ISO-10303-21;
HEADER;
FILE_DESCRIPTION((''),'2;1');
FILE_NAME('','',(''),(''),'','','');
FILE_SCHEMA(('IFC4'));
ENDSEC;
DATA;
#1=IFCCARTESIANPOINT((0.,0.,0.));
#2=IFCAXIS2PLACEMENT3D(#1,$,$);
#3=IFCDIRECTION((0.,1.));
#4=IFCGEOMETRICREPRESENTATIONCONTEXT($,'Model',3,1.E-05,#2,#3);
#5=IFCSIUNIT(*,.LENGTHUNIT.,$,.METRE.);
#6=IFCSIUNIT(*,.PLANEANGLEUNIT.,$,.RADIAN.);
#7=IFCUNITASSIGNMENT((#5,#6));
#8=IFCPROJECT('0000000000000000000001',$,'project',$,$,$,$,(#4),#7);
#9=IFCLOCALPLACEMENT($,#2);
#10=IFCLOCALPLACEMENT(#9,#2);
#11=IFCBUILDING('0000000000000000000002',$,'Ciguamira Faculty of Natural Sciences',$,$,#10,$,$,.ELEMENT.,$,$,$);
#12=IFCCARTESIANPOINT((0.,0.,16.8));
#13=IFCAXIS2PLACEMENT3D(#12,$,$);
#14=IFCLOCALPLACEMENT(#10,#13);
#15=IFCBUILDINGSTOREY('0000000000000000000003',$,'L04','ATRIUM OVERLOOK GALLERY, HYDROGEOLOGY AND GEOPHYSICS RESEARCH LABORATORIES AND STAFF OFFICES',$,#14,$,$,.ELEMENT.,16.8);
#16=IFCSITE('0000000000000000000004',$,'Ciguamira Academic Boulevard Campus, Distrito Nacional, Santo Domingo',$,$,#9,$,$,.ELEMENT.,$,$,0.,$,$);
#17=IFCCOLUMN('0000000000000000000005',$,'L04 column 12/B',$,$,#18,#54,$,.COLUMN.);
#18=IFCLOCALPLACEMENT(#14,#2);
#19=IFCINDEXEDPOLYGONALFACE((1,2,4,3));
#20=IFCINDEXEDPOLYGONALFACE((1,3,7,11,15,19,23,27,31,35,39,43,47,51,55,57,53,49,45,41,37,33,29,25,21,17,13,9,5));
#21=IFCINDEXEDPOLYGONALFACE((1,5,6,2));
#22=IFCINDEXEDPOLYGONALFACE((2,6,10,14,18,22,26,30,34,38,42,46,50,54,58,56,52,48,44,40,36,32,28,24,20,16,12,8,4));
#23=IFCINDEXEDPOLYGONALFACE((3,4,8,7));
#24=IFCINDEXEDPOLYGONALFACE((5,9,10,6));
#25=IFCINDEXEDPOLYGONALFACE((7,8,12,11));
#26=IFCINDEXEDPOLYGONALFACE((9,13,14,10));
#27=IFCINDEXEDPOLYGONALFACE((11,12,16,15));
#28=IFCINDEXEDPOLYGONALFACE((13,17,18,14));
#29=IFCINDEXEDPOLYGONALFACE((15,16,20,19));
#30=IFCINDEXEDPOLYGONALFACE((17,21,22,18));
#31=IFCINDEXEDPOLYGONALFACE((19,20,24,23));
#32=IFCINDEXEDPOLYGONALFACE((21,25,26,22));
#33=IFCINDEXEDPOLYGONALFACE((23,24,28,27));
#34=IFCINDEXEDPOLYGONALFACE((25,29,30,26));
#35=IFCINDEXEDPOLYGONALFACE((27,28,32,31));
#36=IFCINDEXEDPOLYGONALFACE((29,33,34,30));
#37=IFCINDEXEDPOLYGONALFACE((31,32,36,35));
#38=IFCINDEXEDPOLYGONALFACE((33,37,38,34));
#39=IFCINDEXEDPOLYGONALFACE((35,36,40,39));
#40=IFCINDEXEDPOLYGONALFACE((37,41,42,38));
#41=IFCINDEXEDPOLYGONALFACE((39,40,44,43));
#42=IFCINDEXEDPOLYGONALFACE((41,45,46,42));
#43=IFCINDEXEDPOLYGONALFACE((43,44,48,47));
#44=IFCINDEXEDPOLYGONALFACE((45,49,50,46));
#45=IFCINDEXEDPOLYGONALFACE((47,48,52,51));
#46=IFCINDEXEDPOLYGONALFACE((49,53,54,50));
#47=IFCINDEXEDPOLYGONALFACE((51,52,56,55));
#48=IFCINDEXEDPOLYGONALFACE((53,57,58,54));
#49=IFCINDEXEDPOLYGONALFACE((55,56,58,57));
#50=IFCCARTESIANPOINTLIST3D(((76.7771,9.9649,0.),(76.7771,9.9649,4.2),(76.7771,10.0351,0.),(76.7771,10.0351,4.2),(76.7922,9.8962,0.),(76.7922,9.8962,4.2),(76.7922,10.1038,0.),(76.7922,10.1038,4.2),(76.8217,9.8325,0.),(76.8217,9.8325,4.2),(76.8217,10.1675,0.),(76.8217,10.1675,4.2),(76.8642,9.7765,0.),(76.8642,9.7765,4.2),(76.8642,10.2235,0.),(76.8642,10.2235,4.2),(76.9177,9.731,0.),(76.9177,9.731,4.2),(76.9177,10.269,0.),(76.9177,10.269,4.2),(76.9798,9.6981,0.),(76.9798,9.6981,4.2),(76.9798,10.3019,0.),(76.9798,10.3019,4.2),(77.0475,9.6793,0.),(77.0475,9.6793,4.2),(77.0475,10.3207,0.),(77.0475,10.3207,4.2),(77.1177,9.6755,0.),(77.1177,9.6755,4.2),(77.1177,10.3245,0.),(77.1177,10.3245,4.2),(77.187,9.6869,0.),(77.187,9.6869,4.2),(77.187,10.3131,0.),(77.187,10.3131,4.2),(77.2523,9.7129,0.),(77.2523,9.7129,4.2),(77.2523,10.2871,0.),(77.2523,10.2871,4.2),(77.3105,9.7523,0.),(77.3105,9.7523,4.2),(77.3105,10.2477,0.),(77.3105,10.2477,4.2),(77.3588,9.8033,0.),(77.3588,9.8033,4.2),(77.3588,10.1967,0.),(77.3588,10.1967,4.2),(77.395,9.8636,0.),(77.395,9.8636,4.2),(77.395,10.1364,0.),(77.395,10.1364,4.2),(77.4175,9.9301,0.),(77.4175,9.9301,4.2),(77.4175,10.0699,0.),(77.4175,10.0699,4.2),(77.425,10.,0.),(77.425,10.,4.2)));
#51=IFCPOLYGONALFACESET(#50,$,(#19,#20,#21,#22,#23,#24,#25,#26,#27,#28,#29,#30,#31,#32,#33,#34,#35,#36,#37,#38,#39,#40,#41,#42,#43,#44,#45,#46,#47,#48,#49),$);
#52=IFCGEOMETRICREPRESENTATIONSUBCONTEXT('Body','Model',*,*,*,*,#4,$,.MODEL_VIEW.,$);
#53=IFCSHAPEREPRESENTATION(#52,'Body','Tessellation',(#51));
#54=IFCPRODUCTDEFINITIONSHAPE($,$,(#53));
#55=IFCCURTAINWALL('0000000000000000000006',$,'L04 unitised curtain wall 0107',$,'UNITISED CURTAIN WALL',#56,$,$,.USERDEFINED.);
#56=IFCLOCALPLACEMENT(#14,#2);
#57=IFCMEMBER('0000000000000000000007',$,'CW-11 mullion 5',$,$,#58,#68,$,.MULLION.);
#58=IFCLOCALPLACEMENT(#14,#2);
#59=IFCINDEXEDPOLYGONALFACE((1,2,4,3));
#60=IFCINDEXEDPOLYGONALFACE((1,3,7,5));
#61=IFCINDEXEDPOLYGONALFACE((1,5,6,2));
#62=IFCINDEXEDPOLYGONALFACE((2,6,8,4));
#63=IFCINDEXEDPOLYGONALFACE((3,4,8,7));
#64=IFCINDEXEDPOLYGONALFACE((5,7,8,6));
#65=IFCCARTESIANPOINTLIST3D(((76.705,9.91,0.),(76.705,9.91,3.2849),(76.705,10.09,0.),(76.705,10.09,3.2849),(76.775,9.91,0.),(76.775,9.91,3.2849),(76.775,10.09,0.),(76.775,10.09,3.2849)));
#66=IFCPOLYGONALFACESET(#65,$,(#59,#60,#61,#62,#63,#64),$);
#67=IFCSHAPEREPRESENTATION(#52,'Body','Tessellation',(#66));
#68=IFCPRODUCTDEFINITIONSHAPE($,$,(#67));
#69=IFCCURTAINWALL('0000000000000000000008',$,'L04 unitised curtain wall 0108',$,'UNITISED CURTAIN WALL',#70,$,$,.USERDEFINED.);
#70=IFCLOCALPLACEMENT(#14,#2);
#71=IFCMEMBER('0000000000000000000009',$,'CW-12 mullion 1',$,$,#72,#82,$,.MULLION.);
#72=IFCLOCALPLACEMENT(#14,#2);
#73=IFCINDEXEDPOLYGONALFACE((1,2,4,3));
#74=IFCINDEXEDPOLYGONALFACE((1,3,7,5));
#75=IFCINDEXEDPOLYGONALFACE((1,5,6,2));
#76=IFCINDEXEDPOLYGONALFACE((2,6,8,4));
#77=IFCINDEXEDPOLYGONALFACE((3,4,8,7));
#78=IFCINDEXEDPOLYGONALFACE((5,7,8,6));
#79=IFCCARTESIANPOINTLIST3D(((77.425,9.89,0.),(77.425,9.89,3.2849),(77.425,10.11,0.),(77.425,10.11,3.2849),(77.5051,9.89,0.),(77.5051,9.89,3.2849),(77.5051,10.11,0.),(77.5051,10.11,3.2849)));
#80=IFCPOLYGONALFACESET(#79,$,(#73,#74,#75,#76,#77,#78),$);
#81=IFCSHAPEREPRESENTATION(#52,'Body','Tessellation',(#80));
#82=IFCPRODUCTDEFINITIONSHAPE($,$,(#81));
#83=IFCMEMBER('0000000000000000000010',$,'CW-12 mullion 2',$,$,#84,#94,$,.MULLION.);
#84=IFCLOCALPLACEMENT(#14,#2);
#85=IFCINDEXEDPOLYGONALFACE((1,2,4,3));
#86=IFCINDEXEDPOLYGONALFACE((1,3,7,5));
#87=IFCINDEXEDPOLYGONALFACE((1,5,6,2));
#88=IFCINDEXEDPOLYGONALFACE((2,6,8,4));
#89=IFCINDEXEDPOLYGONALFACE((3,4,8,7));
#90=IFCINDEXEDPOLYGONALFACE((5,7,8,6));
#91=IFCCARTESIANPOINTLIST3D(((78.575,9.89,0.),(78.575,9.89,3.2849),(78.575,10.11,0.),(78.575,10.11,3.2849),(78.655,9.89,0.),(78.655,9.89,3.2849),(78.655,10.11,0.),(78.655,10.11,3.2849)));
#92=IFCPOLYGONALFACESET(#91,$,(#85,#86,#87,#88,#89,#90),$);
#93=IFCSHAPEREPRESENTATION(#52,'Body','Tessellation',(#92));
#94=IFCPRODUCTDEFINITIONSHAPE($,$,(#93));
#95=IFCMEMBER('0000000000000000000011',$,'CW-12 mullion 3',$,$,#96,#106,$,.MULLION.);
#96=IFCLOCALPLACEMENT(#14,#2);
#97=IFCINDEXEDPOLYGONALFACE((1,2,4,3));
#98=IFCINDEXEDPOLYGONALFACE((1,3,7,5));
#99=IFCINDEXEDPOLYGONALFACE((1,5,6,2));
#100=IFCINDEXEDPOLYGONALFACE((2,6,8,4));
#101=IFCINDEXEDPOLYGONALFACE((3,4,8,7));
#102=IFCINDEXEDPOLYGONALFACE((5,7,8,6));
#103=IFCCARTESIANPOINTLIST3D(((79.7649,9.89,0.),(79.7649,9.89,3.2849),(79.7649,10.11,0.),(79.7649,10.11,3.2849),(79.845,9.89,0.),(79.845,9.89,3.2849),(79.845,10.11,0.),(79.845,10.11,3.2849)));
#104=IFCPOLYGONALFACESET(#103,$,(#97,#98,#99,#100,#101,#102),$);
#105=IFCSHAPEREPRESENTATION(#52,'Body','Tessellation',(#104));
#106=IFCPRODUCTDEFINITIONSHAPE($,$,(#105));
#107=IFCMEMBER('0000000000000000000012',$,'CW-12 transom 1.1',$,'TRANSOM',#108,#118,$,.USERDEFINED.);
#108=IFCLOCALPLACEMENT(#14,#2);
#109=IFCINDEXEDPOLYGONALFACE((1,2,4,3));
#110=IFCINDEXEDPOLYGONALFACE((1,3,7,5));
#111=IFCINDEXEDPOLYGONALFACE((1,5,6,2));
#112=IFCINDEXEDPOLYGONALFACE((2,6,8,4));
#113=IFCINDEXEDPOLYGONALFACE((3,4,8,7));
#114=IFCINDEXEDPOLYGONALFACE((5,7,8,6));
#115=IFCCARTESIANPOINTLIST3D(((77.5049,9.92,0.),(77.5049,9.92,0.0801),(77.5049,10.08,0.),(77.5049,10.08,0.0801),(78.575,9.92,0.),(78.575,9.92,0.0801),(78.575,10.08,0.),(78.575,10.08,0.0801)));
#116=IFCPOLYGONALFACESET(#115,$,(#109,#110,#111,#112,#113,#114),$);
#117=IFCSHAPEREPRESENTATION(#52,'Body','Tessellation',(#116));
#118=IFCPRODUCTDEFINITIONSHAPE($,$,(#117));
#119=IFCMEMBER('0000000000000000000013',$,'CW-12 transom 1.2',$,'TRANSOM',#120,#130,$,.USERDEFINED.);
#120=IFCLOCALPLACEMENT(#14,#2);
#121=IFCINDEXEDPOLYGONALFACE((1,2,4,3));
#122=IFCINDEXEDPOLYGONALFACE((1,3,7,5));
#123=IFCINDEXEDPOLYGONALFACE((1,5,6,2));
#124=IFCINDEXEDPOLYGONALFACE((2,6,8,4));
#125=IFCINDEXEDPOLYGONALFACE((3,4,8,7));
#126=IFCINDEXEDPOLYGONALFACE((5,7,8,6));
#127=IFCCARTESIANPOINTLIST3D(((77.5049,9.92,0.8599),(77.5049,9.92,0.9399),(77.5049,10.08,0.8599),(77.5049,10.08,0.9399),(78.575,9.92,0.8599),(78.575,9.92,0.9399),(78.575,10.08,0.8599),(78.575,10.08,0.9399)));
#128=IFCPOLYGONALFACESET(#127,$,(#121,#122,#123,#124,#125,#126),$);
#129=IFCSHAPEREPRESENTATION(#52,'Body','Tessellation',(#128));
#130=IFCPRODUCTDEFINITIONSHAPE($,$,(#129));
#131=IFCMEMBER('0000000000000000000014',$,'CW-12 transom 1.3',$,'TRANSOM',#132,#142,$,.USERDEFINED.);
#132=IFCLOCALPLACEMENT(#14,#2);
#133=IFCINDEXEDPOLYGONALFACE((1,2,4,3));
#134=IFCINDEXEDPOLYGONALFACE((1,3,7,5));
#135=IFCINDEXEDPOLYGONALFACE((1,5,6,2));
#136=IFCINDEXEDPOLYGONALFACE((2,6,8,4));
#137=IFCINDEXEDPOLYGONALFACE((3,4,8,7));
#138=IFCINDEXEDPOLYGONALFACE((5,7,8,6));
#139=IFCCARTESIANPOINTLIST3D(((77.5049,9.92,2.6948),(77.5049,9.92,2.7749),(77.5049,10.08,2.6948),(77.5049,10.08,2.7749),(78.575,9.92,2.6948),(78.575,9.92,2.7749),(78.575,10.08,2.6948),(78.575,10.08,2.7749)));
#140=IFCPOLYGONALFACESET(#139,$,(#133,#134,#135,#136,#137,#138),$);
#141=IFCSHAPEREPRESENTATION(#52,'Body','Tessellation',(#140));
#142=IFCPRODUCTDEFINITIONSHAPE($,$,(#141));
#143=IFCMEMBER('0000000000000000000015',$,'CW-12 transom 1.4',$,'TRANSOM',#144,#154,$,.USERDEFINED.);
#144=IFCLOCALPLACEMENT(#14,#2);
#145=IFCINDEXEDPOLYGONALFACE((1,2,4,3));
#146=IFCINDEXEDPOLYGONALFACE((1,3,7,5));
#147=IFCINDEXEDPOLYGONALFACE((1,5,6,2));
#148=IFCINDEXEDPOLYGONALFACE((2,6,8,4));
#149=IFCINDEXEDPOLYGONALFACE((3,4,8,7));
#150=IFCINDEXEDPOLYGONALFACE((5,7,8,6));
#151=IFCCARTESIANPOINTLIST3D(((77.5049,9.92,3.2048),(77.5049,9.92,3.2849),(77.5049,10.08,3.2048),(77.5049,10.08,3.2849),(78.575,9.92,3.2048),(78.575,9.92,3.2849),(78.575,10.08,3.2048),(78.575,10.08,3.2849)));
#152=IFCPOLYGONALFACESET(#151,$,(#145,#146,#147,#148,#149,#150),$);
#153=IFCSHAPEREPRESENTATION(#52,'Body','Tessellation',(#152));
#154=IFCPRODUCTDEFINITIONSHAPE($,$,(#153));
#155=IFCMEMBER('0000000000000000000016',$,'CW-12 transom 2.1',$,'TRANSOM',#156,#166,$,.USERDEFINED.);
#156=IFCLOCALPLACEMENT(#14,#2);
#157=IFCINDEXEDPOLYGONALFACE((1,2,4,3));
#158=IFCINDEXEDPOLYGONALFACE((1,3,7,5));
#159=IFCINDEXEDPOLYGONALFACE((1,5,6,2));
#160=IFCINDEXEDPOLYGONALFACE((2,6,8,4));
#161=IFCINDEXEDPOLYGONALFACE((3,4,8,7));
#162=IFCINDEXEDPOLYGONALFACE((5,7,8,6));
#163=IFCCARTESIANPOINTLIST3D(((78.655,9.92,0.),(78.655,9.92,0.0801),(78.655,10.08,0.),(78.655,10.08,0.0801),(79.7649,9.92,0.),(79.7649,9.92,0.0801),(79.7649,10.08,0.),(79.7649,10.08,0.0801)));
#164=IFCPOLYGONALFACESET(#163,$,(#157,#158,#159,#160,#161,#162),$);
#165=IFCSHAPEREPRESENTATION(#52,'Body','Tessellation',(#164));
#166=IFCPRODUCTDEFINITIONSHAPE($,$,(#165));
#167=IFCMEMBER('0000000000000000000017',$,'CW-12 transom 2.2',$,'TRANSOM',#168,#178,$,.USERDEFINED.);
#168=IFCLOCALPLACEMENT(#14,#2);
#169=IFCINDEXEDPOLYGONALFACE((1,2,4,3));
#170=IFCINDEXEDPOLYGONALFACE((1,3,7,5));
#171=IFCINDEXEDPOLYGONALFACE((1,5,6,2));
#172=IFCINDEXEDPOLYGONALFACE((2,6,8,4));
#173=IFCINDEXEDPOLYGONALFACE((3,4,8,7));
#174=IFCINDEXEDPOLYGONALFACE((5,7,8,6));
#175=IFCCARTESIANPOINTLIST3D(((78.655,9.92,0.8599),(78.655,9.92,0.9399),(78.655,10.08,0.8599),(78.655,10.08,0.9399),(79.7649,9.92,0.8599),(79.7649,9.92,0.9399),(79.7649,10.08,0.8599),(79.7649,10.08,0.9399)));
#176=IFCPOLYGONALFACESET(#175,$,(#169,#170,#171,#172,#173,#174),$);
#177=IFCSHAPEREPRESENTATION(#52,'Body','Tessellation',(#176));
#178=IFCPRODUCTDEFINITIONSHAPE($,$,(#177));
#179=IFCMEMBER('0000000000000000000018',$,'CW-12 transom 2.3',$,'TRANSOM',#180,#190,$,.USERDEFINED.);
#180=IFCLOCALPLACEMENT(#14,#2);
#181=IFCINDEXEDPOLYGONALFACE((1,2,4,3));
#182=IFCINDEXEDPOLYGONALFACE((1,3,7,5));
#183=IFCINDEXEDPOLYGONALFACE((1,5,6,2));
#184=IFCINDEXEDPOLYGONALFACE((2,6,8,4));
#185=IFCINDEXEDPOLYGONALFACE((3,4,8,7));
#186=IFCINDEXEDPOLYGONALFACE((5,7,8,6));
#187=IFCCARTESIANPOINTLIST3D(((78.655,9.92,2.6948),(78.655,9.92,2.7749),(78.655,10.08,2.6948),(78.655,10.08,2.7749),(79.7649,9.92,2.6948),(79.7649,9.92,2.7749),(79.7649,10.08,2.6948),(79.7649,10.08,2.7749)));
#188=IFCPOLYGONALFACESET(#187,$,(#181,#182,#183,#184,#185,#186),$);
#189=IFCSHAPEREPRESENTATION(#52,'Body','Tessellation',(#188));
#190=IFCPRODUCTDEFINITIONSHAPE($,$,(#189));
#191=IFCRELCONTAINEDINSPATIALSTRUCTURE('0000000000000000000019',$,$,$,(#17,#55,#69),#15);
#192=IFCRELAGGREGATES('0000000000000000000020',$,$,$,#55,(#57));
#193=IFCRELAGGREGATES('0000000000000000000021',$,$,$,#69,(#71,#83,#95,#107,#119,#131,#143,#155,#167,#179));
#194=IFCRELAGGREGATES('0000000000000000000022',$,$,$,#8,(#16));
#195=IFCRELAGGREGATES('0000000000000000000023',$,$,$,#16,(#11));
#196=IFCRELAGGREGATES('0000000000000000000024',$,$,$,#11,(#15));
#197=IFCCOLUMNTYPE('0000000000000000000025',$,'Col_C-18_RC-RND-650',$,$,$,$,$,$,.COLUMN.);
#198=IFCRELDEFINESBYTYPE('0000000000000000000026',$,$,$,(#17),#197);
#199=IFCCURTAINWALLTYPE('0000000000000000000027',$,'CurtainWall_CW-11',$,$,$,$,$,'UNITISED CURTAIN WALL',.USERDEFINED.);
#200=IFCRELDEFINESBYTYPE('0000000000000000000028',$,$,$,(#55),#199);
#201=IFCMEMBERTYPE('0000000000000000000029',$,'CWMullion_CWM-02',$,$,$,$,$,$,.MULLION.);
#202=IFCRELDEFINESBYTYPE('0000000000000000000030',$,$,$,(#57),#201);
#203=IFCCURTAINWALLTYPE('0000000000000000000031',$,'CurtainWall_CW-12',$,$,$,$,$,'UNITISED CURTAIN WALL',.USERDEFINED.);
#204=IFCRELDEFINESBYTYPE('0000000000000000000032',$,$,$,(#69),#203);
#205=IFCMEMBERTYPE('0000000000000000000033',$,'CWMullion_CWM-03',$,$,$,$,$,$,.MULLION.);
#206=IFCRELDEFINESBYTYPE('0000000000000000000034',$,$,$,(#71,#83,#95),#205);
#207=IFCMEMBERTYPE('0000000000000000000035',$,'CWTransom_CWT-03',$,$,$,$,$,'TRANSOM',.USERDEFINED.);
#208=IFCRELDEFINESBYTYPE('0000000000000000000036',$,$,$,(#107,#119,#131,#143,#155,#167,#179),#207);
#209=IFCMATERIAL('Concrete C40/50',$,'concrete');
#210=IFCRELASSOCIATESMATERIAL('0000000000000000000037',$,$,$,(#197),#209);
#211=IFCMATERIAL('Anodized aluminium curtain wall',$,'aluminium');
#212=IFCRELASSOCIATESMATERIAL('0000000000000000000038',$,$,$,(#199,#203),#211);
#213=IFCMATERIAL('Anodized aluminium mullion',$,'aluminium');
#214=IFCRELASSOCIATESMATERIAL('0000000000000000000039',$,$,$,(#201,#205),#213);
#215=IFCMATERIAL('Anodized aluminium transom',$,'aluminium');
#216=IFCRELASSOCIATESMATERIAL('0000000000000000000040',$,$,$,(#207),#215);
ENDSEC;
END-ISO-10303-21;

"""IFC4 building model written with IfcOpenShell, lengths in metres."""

from ifc_helpers import new_model, si_unit, direction, frame, origin, origin_2d, place, context, subcontext, project, spatial, rectangle, circle, extrude, material, material_profile, profile_set, type_object, element, aggregate, save


model = new_model("IFC4")

# Units and contexts
model_context = context("Model", 3, precision=1e-05, world=origin(), true_north=direction((0.0, 1.0)))
body_context = subcontext(model_context, "Body", "Model", "MODEL_VIEW")
ifc_project = project(units=[si_unit("LENGTHUNIT", "METRE"), si_unit("PLANEANGLEUNIT", "RADIAN")], contexts=[model_context])

# Site, building, storey
site_placement = place(None, origin())
site = spatial("IfcSite", under=ifc_project, at=site_placement, Name="Ciguamira Academic Boulevard Campus, Distrito Nacional, Santo Domingo", CompositionType="ELEMENT", RefElevation=0.0)
building_placement = place(site_placement, origin())
building = spatial("IfcBuilding", under=site, at=building_placement, Name="Ciguamira Faculty of Natural Sciences", CompositionType="ELEMENT")
storey_placement = place(building_placement, frame((0.0, 0.0, 16.8)))
storey = spatial("IfcBuildingStorey", under=building, at=storey_placement, Name="L04", Description="ATRIUM OVERLOOK GALLERY, HYDROGEOLOGY AND GEOPHYSICS RESEARCH LABORATORIES AND STAFF OFFICES", CompositionType="ELEMENT", Elevation=16.8)

# Column
ifc_material_1 = material(Name="Concrete C40/50", Category="concrete")
ifc_material_profile_1 = material_profile(ifc_material_1, circle(Radius=0.325, at=origin_2d()), Name="RC-RND-650")
ifc_profile_set_1 = profile_set([ifc_material_profile_1], Name="Concrete C40/50")
column_type = type_object("IfcColumnType", Name="Col_C-18_RC-RND-650", PredefinedType="COLUMN", material=ifc_profile_set_1)
column_placement = place(storey_placement, frame((77.1001, 10.0, 0.0), z_axis=(0.0, 0.0, 1.0), x_axis=(1.0, 0.0, 0.0)))
element("IfcColumn", 1, at=column_placement, inside=storey, type_object=column_type, Name="L04 column 12/B", PredefinedType="COLUMN", context=body_context, shape_type="SweptSolid", body=[
    extrude(circle(Radius=0.325, at=origin_2d()), origin(), (0.0, 0.0, 1.0), 4.2),
])

# Curtain wall, member
ifc_material_2 = material(Name="Anodized aluminium curtain wall", Category="aluminium")
curtain_wall_type_1 = type_object("IfcCurtainWallType", Name="CurtainWall_CW-11", ElementType="UNITISED CURTAIN WALL", PredefinedType="USERDEFINED", material=ifc_material_2)
curtain_wall_1_placement = place(storey_placement, origin())
curtain_wall_1 = element("IfcCurtainWall", 2, at=curtain_wall_1_placement, inside=storey, type_object=curtain_wall_type_1, Name="L04 unitised curtain wall 0107", ObjectType="UNITISED CURTAIN WALL", PredefinedType="USERDEFINED")
ifc_material_3 = material(Name="Anodized aluminium mullion", Category="aluminium")
ifc_material_profile_2 = material_profile(ifc_material_3, rectangle(XDim=0.0701, YDim=0.1799, at=origin_2d()), Name="ALU-MUL-70X180")
ifc_profile_set_2 = profile_set([ifc_material_profile_2], Name="Anodized aluminium mullion")
member_type_1 = type_object("IfcMemberType", Name="CWMullion_CWM-02", PredefinedType="MULLION", material=ifc_profile_set_2)
member_1_placement = place(storey_placement, frame((76.74, 10.0, 0.0), z_axis=(0.0, 0.0, 1.0), x_axis=(1.0, 0.0, 0.0)))
member_1 = element("IfcMember", 3, at=member_1_placement, type_object=member_type_1, Name="CW-11 mullion 5", PredefinedType="MULLION", context=body_context, shape_type="SweptSolid", body=[
    extrude(rectangle(XDim=0.0701, YDim=0.1799, at=origin_2d()), origin(), (0.0, 0.0, 1.0), 3.2849),
])

# Curtain wall, members
curtain_wall_type_2 = type_object("IfcCurtainWallType", Name="CurtainWall_CW-12", ElementType="UNITISED CURTAIN WALL", PredefinedType="USERDEFINED", material=ifc_material_2)
curtain_wall_2_placement = place(storey_placement, origin())
curtain_wall_2 = element("IfcCurtainWall", 4, at=curtain_wall_2_placement, inside=storey, type_object=curtain_wall_type_2, Name="L04 unitised curtain wall 0108", ObjectType="UNITISED CURTAIN WALL", PredefinedType="USERDEFINED")
ifc_material_profile_3 = material_profile(ifc_material_3, rectangle(XDim=0.0801, YDim=0.22, at=origin_2d()), Name="ALU-MUL-80X220")
ifc_profile_set_3 = profile_set([ifc_material_profile_3], Name="Anodized aluminium mullion")
member_type_2 = type_object("IfcMemberType", Name="CWMullion_CWM-03", PredefinedType="MULLION", material=ifc_profile_set_3)
member_2_placement = place(storey_placement, frame((77.4651, 10.0, 0.0), z_axis=(0.0, 0.0, 1.0), x_axis=(1.0, 0.0, 0.0)))
member_2 = element("IfcMember", 5, at=member_2_placement, type_object=member_type_2, Name="CW-12 mullion 1", PredefinedType="MULLION", context=body_context, shape_type="SweptSolid", body=[
    extrude(rectangle(XDim=0.0801, YDim=0.22, at=origin_2d()), origin(), (0.0, 0.0, 1.0), 3.2849),
])
member_3_placement = place(storey_placement, frame((78.615, 10.0, 0.0), z_axis=(0.0, 0.0, 1.0), x_axis=(1.0, 0.0, 0.0)))
member_3 = element("IfcMember", 6, at=member_3_placement, type_object=member_type_2, Name="CW-12 mullion 2", PredefinedType="MULLION", context=body_context, shape_type="SweptSolid", body=[
    extrude(rectangle(XDim=0.0801, YDim=0.22, at=origin_2d()), origin(), (0.0, 0.0, 1.0), 3.2849),
])
member_4_placement = place(storey_placement, frame((79.8049, 10.0, 0.0), z_axis=(0.0, 0.0, 1.0), x_axis=(1.0, 0.0, 0.0)))
member_4 = element("IfcMember", 7, at=member_4_placement, type_object=member_type_2, Name="CW-12 mullion 3", PredefinedType="MULLION", context=body_context, shape_type="SweptSolid", body=[
    extrude(rectangle(XDim=0.0801, YDim=0.22, at=origin_2d()), origin(), (0.0, 0.0, 1.0), 3.2849),
])
ifc_material_4 = material(Name="Anodized aluminium transom", Category="aluminium")
ifc_material_profile_4 = material_profile(ifc_material_4, rectangle(XDim=0.0801, YDim=0.1599, at=origin_2d()), Name="ALU-TRN-80X160")
ifc_profile_set_4 = profile_set([ifc_material_profile_4], Name="Anodized aluminium transom")
member_type_3 = type_object("IfcMemberType", Name="CWTransom_CWT-03", ElementType="TRANSOM", PredefinedType="USERDEFINED", material=ifc_profile_set_4)
member_5_placement = place(storey_placement, frame((77.5049, 10.0, 0.04), z_axis=(1.0, 0.0, 0.0), x_axis=(0.0, 0.0, 1.0)))
member_5 = element("IfcMember", 8, at=member_5_placement, type_object=member_type_3, Name="CW-12 transom 1.1", ObjectType="TRANSOM", PredefinedType="USERDEFINED", context=body_context, shape_type="SweptSolid", body=[
    extrude(rectangle(XDim=0.0801, YDim=0.1599, at=origin_2d()), origin(), (0.0, 0.0, 1.0), 1.0701),
])
member_6_placement = place(storey_placement, frame((77.5049, 10.0, 0.8999), z_axis=(1.0, 0.0, 0.0), x_axis=(0.0, 0.0, 1.0)))
member_6 = element("IfcMember", 9, at=member_6_placement, type_object=member_type_3, Name="CW-12 transom 1.2", ObjectType="TRANSOM", PredefinedType="USERDEFINED", context=body_context, shape_type="SweptSolid", body=[
    extrude(rectangle(XDim=0.0801, YDim=0.1599, at=origin_2d()), origin(), (0.0, 0.0, 1.0), 1.0701),
])
member_7_placement = place(storey_placement, frame((77.5049, 10.0, 2.7349), z_axis=(1.0, 0.0, 0.0), x_axis=(0.0, 0.0, 1.0)))
member_7 = element("IfcMember", 10, at=member_7_placement, type_object=member_type_3, Name="CW-12 transom 1.3", ObjectType="TRANSOM", PredefinedType="USERDEFINED", context=body_context, shape_type="SweptSolid", body=[
    extrude(rectangle(XDim=0.0801, YDim=0.1599, at=origin_2d()), origin(), (0.0, 0.0, 1.0), 1.0701),
])
member_8_placement = place(storey_placement, frame((77.5049, 10.0, 3.2449), z_axis=(1.0, 0.0, 0.0), x_axis=(0.0, 0.0, 1.0)))
member_8 = element("IfcMember", 11, at=member_8_placement, type_object=member_type_3, Name="CW-12 transom 1.4", ObjectType="TRANSOM", PredefinedType="USERDEFINED", context=body_context, shape_type="SweptSolid", body=[
    extrude(rectangle(XDim=0.0801, YDim=0.1599, at=origin_2d()), origin(), (0.0, 0.0, 1.0), 1.0701),
])
member_9_placement = place(storey_placement, frame((78.655, 10.0, 0.04), z_axis=(1.0, 0.0, 0.0), x_axis=(0.0, 0.0, 1.0)))
member_9 = element("IfcMember", 12, at=member_9_placement, type_object=member_type_3, Name="CW-12 transom 2.1", ObjectType="TRANSOM", PredefinedType="USERDEFINED", context=body_context, shape_type="SweptSolid", body=[
    extrude(rectangle(XDim=0.0801, YDim=0.1599, at=origin_2d()), origin(), (0.0, 0.0, 1.0), 1.1099),
])
member_10_placement = place(storey_placement, frame((78.655, 10.0, 0.8999), z_axis=(1.0, 0.0, 0.0), x_axis=(0.0, 0.0, 1.0)))
member_10 = element("IfcMember", 13, at=member_10_placement, type_object=member_type_3, Name="CW-12 transom 2.2", ObjectType="TRANSOM", PredefinedType="USERDEFINED", context=body_context, shape_type="SweptSolid", body=[
    extrude(rectangle(XDim=0.0801, YDim=0.1599, at=origin_2d()), origin(), (0.0, 0.0, 1.0), 1.1099),
])
member_11_placement = place(storey_placement, frame((78.655, 10.0, 2.7349), z_axis=(1.0, 0.0, 0.0), x_axis=(0.0, 0.0, 1.0)))
member_11 = element("IfcMember", 14, at=member_11_placement, type_object=member_type_3, Name="CW-12 transom 2.3", ObjectType="TRANSOM", PredefinedType="USERDEFINED", context=body_context, shape_type="SweptSolid", body=[
    extrude(rectangle(XDim=0.0801, YDim=0.1599, at=origin_2d()), origin(), (0.0, 0.0, 1.0), 1.1099),
])

aggregate(curtain_wall_1, [member_1])
aggregate(curtain_wall_2, [member_2, member_3, member_4, member_5, member_6, member_7, member_8, member_9, member_10, member_11])

save(model, "model.ifc")
